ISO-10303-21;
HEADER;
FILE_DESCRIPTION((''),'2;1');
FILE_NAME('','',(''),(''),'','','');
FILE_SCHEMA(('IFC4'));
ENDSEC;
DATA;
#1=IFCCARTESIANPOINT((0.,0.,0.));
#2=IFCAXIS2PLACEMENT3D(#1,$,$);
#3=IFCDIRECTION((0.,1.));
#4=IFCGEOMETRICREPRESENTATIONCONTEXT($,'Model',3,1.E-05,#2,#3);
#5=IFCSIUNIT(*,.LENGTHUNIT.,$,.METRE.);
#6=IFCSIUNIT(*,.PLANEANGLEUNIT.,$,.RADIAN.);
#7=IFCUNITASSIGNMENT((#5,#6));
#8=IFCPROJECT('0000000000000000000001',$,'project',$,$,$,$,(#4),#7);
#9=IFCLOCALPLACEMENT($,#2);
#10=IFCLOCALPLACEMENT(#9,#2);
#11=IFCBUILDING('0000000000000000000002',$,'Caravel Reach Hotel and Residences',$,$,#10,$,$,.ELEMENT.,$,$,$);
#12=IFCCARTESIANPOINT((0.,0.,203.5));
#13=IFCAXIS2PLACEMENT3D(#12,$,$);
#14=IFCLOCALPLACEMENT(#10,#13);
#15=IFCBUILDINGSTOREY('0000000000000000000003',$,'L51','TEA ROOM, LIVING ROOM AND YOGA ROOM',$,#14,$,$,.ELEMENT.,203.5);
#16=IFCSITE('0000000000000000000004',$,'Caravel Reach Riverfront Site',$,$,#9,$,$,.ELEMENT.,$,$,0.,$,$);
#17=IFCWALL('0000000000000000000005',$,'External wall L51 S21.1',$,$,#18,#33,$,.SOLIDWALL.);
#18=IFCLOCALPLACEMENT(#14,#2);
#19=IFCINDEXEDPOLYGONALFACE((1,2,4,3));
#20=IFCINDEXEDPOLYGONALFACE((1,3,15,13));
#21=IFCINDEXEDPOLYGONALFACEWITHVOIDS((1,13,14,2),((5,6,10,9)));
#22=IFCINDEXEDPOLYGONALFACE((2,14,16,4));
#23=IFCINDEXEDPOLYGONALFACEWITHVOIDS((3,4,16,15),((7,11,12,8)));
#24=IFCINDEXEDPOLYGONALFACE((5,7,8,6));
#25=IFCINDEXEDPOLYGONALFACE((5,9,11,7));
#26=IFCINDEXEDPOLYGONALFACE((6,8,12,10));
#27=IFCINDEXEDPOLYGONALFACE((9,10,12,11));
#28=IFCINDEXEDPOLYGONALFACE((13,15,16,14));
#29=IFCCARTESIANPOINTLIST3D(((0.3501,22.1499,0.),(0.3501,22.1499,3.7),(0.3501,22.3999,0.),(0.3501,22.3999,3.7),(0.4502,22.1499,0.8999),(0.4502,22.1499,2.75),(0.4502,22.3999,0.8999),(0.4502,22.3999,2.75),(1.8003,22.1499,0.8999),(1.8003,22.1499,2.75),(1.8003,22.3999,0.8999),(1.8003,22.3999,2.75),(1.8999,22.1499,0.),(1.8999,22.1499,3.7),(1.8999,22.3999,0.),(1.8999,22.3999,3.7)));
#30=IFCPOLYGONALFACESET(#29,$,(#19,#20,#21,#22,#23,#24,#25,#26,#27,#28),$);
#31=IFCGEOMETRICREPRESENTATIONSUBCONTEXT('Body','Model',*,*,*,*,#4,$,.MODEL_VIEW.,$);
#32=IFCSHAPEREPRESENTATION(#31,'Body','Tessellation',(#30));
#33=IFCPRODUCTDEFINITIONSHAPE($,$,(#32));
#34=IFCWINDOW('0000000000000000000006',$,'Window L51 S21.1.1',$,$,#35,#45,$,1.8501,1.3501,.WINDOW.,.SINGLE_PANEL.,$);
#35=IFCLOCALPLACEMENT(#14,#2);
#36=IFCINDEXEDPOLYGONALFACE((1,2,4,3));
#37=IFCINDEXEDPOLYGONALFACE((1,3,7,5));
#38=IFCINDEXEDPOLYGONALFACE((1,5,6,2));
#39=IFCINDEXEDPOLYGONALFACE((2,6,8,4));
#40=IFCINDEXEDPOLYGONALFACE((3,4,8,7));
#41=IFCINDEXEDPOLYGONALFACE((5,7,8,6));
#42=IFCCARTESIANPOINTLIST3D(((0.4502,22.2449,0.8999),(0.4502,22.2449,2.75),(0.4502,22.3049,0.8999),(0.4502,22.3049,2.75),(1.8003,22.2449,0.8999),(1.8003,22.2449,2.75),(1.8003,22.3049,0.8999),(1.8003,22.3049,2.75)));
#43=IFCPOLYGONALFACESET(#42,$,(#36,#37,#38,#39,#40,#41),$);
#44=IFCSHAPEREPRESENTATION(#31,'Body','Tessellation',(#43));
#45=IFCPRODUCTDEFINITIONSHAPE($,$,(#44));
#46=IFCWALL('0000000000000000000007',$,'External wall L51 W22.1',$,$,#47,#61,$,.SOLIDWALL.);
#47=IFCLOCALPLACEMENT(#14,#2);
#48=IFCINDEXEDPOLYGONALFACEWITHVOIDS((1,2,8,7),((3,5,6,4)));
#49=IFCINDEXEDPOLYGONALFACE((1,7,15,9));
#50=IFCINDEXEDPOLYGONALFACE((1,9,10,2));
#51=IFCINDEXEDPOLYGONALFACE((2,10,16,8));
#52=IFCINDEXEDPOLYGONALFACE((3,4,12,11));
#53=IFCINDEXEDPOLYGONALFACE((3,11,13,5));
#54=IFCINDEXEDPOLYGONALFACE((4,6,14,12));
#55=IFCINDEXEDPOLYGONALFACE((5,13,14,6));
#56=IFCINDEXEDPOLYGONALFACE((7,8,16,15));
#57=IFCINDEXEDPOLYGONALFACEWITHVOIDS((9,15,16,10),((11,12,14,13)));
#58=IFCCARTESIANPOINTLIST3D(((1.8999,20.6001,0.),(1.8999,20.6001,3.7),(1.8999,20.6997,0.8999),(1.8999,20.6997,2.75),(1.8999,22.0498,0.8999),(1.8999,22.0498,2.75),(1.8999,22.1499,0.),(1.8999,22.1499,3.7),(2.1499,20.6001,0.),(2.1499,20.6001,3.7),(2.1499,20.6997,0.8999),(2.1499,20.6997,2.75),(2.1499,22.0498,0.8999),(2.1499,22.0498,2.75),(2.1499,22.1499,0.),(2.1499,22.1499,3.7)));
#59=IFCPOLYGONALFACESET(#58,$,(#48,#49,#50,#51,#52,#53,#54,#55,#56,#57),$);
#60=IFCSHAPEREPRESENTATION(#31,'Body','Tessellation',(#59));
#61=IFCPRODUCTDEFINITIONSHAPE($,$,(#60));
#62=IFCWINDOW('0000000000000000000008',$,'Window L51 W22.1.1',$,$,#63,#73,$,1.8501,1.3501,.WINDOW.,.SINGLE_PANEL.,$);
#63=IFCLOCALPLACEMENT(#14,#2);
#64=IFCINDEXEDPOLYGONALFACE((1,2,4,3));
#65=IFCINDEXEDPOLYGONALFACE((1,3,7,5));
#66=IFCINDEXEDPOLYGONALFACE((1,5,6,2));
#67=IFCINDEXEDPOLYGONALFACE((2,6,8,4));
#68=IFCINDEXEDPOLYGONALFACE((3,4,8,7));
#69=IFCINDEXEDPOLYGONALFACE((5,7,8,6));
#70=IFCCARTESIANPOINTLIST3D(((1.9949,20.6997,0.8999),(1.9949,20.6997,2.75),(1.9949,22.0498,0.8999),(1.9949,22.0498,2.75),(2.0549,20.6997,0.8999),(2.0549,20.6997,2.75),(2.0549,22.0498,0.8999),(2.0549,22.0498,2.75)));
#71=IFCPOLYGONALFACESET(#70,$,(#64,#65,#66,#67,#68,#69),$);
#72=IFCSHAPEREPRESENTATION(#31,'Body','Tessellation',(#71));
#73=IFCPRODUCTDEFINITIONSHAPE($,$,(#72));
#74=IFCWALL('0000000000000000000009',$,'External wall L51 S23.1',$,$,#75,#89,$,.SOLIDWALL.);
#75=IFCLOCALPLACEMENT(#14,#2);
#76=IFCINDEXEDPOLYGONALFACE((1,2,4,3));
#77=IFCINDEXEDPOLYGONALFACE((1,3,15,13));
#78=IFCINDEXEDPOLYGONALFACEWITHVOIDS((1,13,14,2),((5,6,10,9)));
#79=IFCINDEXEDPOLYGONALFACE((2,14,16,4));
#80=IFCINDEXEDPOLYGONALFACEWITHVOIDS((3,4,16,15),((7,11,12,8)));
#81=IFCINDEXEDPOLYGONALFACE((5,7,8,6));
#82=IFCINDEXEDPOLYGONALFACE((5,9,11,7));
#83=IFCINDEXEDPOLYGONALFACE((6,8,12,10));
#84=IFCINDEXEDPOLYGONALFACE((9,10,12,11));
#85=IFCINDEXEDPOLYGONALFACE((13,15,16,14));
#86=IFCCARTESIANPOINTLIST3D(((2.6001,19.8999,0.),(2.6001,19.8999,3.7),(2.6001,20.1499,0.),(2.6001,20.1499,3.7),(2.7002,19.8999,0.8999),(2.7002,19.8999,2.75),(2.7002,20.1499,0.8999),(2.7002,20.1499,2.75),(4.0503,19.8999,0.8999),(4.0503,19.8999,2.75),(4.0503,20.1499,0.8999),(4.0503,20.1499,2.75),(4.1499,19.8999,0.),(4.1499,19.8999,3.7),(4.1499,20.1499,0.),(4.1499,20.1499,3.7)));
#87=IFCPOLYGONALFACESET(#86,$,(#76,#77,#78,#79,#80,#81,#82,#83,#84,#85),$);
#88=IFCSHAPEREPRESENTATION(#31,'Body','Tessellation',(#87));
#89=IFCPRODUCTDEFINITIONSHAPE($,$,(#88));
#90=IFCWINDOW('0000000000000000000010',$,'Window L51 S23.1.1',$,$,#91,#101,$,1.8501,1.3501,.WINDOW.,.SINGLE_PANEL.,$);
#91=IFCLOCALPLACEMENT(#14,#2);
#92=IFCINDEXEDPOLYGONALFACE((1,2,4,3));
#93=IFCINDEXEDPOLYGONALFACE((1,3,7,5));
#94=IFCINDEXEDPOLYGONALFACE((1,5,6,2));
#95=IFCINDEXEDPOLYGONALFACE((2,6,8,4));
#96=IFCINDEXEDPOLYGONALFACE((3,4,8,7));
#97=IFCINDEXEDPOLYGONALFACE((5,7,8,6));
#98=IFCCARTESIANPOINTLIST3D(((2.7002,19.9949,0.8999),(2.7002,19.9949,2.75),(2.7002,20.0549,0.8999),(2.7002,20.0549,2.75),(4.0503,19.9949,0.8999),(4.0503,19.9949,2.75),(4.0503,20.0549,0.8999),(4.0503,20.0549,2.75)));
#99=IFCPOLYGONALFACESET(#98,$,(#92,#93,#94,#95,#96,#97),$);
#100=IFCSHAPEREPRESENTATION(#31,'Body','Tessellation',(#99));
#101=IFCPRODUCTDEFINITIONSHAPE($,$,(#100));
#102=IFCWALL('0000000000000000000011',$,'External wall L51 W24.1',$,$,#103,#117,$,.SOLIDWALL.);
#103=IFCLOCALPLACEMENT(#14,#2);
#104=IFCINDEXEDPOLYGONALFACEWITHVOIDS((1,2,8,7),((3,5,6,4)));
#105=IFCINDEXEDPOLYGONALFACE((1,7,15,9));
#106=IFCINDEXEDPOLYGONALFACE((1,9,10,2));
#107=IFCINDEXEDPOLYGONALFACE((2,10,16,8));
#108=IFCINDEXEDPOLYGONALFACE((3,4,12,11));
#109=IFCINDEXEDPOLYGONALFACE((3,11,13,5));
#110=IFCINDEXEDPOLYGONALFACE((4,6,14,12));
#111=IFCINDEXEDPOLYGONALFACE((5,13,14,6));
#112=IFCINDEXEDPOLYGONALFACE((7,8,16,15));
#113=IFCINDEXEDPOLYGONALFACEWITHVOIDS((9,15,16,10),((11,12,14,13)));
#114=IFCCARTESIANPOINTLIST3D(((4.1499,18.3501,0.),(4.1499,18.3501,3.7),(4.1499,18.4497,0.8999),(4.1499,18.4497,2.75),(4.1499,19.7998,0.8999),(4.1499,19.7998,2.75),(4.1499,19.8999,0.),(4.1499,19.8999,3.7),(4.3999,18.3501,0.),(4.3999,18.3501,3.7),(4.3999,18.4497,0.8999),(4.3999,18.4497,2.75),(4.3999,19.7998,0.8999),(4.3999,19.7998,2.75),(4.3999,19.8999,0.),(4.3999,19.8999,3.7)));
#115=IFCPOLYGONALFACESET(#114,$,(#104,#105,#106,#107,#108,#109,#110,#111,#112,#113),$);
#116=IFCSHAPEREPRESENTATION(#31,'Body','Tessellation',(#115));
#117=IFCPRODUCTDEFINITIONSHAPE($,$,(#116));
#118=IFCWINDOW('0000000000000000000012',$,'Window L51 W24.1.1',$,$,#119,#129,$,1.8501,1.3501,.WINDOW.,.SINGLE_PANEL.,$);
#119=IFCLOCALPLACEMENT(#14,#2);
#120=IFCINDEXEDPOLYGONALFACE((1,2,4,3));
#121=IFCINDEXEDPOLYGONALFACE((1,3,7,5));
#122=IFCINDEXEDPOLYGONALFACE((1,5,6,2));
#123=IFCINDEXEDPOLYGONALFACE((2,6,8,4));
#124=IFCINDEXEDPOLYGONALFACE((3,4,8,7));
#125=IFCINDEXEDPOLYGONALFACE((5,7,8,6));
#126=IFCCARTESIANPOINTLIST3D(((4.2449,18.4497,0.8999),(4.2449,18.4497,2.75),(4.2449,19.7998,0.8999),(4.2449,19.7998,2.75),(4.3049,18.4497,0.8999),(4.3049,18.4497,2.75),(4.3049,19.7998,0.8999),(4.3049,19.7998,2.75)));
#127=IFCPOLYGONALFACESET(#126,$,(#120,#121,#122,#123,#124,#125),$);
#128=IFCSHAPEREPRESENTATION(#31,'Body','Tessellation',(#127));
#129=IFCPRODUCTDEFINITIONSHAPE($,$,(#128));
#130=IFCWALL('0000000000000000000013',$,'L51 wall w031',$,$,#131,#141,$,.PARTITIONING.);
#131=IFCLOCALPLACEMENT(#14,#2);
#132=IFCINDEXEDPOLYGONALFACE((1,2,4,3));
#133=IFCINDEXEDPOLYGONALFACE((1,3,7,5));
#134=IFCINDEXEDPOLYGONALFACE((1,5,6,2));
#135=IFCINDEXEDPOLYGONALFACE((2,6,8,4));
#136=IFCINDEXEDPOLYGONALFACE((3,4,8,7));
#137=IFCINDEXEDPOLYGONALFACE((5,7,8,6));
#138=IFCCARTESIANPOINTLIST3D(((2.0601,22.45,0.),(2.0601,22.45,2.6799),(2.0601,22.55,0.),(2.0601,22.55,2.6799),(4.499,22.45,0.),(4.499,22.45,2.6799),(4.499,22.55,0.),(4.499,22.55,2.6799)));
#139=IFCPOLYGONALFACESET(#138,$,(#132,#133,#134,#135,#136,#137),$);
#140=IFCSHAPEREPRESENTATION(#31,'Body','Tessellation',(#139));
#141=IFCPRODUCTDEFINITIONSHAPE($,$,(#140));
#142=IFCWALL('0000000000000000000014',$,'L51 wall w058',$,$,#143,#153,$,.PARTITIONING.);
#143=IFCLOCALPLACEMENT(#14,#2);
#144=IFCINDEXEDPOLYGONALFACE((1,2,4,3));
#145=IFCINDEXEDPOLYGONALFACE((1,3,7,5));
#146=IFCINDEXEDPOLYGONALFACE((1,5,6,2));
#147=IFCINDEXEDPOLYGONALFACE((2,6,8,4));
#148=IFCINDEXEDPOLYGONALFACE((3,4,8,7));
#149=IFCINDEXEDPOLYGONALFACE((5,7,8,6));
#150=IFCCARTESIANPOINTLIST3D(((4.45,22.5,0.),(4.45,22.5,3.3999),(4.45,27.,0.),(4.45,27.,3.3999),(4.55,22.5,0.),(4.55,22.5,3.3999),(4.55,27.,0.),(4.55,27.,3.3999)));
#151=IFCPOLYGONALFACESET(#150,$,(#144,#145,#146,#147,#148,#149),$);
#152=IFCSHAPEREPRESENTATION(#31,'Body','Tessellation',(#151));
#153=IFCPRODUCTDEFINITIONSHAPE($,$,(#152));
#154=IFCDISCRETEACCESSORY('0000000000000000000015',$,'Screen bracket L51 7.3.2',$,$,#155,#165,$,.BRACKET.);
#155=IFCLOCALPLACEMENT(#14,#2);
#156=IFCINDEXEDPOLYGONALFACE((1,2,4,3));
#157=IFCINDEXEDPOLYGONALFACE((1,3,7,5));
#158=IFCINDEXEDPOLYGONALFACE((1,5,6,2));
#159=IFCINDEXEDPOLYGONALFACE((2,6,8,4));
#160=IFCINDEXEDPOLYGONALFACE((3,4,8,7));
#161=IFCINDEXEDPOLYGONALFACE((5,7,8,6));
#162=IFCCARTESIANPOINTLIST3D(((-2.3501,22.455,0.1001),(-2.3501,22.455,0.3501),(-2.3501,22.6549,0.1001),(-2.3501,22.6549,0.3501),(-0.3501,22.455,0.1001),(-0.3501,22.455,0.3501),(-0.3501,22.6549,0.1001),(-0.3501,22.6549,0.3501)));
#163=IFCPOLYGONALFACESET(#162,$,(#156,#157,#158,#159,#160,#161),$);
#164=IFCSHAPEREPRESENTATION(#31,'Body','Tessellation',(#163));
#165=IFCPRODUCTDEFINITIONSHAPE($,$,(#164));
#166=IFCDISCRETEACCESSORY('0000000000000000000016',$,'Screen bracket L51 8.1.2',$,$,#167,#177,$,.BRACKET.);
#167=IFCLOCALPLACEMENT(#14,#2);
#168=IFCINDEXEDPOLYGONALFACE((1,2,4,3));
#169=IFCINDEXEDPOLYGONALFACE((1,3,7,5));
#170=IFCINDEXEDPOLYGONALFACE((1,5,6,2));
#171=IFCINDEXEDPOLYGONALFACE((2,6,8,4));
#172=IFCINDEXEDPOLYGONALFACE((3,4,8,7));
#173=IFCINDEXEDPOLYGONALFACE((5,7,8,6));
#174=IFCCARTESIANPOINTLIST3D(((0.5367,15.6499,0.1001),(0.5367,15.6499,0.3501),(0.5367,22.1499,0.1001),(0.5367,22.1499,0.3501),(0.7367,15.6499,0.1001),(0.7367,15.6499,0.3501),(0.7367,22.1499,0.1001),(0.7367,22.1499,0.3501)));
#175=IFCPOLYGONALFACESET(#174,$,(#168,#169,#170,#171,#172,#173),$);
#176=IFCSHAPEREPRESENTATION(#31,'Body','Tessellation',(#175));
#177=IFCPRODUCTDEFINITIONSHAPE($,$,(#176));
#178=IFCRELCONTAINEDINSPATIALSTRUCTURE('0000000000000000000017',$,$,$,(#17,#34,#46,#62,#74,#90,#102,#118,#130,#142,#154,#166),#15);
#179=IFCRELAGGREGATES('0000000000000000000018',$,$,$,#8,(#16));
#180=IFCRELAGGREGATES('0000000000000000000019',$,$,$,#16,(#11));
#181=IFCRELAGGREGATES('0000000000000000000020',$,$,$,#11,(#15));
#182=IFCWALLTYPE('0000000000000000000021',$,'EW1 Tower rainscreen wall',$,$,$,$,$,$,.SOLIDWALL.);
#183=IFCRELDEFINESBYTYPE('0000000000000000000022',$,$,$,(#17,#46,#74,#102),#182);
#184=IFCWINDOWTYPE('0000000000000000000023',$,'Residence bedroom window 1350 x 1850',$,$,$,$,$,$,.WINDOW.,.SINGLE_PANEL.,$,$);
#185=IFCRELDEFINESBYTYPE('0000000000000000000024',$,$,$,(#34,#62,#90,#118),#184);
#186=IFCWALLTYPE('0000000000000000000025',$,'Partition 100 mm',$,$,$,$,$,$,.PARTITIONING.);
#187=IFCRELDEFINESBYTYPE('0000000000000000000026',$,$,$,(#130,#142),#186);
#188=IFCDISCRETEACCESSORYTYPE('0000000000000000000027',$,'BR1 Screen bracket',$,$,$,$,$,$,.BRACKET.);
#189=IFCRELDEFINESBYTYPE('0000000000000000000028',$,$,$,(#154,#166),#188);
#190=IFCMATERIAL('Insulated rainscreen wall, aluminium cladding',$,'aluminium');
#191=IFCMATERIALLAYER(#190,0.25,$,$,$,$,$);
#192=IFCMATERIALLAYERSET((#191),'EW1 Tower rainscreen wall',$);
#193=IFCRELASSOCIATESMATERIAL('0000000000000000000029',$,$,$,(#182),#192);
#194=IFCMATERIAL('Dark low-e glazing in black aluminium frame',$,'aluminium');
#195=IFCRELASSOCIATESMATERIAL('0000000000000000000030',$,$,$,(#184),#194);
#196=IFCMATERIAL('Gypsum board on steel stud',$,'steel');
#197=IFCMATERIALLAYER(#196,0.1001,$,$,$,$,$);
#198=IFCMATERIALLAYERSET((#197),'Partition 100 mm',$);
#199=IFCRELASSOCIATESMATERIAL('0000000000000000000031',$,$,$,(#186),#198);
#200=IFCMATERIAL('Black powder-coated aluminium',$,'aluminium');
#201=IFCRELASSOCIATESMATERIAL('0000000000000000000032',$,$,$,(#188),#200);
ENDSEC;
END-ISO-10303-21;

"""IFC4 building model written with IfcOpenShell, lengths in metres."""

from ifc_helpers import new_model, si_unit, direction, frame, frame_2d, origin, origin_2d, place, context, subcontext, project, spatial, rectangle, extrude, material, layer, layer_set, type_object, element, fill, save


model = new_model("IFC4")

# Units and contexts
model_context = context("Model", 3, precision=1e-05, world=origin(), true_north=direction((0.0, 1.0)))
body_context = subcontext(model_context, "Body", "Model", "MODEL_VIEW")
ifc_project = project(units=[si_unit("LENGTHUNIT", "METRE"), si_unit("PLANEANGLEUNIT", "RADIAN")], contexts=[model_context])

# Site, building, storey
site_placement = place(None, origin())
site = spatial("IfcSite", under=ifc_project, at=site_placement, Name="Caravel Reach Riverfront Site", CompositionType="ELEMENT", RefElevation=0.0)
building_placement = place(site_placement, origin())
building = spatial("IfcBuilding", under=site, at=building_placement, Name="Caravel Reach Hotel and Residences", CompositionType="ELEMENT")
storey_placement = place(building_placement, frame((0.0, 0.0, 203.5)))
storey = spatial("IfcBuildingStorey", under=building, at=storey_placement, Name="L51", Description="TEA ROOM, LIVING ROOM AND YOGA ROOM", CompositionType="ELEMENT", Elevation=203.5)

# Walls, openings, windows
ifc_material_1 = material(Name="Insulated rainscreen wall, aluminium cladding", Category="aluminium")
ifc_layer_1 = layer(ifc_material_1, 0.25)
ifc_layer_set_1 = layer_set([ifc_layer_1], Name="EW1 Tower rainscreen wall")
wall_type_1 = type_object("IfcWallType", Name="EW1 Tower rainscreen wall", PredefinedType="SOLIDWALL", material=ifc_layer_set_1)
wall_1_placement = place(storey_placement, frame((0.3501, 22.2749, 0.0), z_axis=(0.0, 0.0, 1.0), x_axis=(1.0, 0.0, 0.0)))
wall_1 = element("IfcWall", 1, at=wall_1_placement, inside=storey, type_object=wall_type_1, Name="External wall L51 S21.1", PredefinedType="SOLIDWALL", context=body_context, shape_type="SweptSolid", body=[
    extrude(rectangle(XDim=1.5498, YDim=0.25, at=frame_2d((0.7749, 0.0))), origin(), (0.0, 0.0, 1.0), 3.7),
])
opening_1_placement = place(wall_1_placement, frame((0.1001, 0.0, 0.8999)))
opening_1 = element("IfcOpeningElement", 2, at=opening_1_placement, cuts=wall_1, PredefinedType="OPENING", context=body_context, shape_type="SweptSolid", body=[
    extrude(rectangle(XDim=1.3501, YDim=1.8501, at=frame_2d((0.675, 0.925))), frame((0.0, 0.135, 0.0), z_axis=(0.0, -1.0, 0.0), x_axis=(1.0, 0.0, 0.0)), (0.0, 0.0, 1.0), 0.27),
])
ifc_material_2 = material(Name="Dark low-e glazing in black aluminium frame", Category="aluminium")
window_type = type_object("IfcWindowType", Name="Residence bedroom window 1350 x 1850", PartitioningType="SINGLE_PANEL", PredefinedType="WINDOW", material=ifc_material_2)
window_1_placement = place(opening_1_placement, origin())
window_1 = element("IfcWindow", 3, at=window_1_placement, inside=storey, type_object=window_type, Name="Window L51 S21.1.1", OverallHeight=1.8501, OverallWidth=1.3501, PartitioningType="SINGLE_PANEL", PredefinedType="WINDOW", context=body_context, shape_type="SweptSolid", body=[
    extrude(rectangle(XDim=1.3501, YDim=1.8501, at=frame_2d((0.675, 0.925))), frame((0.0, 0.03, 0.0), z_axis=(0.0, -1.0, 0.0), x_axis=(1.0, 0.0, 0.0)), (0.0, 0.0, 1.0), 0.0601),
])
fill(opening_1, window_1)
wall_2_placement = place(storey_placement, frame((2.0249, 22.1499, 0.0), z_axis=(0.0, 0.0, 1.0), x_axis=(0.0, -1.0, 0.0)))
wall_2 = element("IfcWall", 4, at=wall_2_placement, inside=storey, type_object=wall_type_1, Name="External wall L51 W22.1", PredefinedType="SOLIDWALL", context=body_context, shape_type="SweptSolid", body=[
    extrude(rectangle(XDim=1.5498, YDim=0.25, at=frame_2d((0.7749, 0.0))), origin(), (0.0, 0.0, 1.0), 3.7),
])
opening_2_placement = place(wall_2_placement, frame((0.1001, 0.0, 0.8999)))
opening_2 = element("IfcOpeningElement", 5, at=opening_2_placement, cuts=wall_2, PredefinedType="OPENING", context=body_context, shape_type="SweptSolid", body=[
    extrude(rectangle(XDim=1.3501, YDim=1.8501, at=frame_2d((0.675, 0.925))), frame((0.0, 0.135, 0.0), z_axis=(0.0, -1.0, 0.0), x_axis=(1.0, 0.0, 0.0)), (0.0, 0.0, 1.0), 0.27),
])
window_2_placement = place(opening_2_placement, origin())
window_2 = element("IfcWindow", 6, at=window_2_placement, inside=storey, type_object=window_type, Name="Window L51 W22.1.1", OverallHeight=1.8501, OverallWidth=1.3501, PartitioningType="SINGLE_PANEL", PredefinedType="WINDOW", context=body_context, shape_type="SweptSolid", body=[
    extrude(rectangle(XDim=1.3501, YDim=1.8501, at=frame_2d((0.675, 0.925))), frame((0.0, 0.03, 0.0), z_axis=(0.0, -1.0, 0.0), x_axis=(1.0, 0.0, 0.0)), (0.0, 0.0, 1.0), 0.0601),
])
fill(opening_2, window_2)
wall_3_placement = place(storey_placement, frame((2.6001, 20.0249, 0.0), z_axis=(0.0, 0.0, 1.0), x_axis=(1.0, 0.0, 0.0)))
wall_3 = element("IfcWall", 7, at=wall_3_placement, inside=storey, type_object=wall_type_1, Name="External wall L51 S23.1", PredefinedType="SOLIDWALL", context=body_context, shape_type="SweptSolid", body=[
    extrude(rectangle(XDim=1.5498, YDim=0.25, at=frame_2d((0.7749, 0.0))), origin(), (0.0, 0.0, 1.0), 3.7),
])
opening_3_placement = place(wall_3_placement, frame((0.1001, 0.0, 0.8999)))
opening_3 = element("IfcOpeningElement", 8, at=opening_3_placement, cuts=wall_3, PredefinedType="OPENING", context=body_context, shape_type="SweptSolid", body=[
    extrude(rectangle(XDim=1.3501, YDim=1.8501, at=frame_2d((0.675, 0.925))), frame((0.0, 0.135, 0.0), z_axis=(0.0, -1.0, 0.0), x_axis=(1.0, 0.0, 0.0)), (0.0, 0.0, 1.0), 0.27),
])
window_3_placement = place(opening_3_placement, origin())
window_3 = element("IfcWindow", 9, at=window_3_placement, inside=storey, type_object=window_type, Name="Window L51 S23.1.1", OverallHeight=1.8501, OverallWidth=1.3501, PartitioningType="SINGLE_PANEL", PredefinedType="WINDOW", context=body_context, shape_type="SweptSolid", body=[
    extrude(rectangle(XDim=1.3501, YDim=1.8501, at=frame_2d((0.675, 0.925))), frame((0.0, 0.03, 0.0), z_axis=(0.0, -1.0, 0.0), x_axis=(1.0, 0.0, 0.0)), (0.0, 0.0, 1.0), 0.0601),
])
fill(opening_3, window_3)
wall_4_placement = place(storey_placement, frame((4.2749, 19.8999, 0.0), z_axis=(0.0, 0.0, 1.0), x_axis=(0.0, -1.0, 0.0)))
wall_4 = element("IfcWall", 10, at=wall_4_placement, inside=storey, type_object=wall_type_1, Name="External wall L51 W24.1", PredefinedType="SOLIDWALL", context=body_context, shape_type="SweptSolid", body=[
    extrude(rectangle(XDim=1.5498, YDim=0.25, at=frame_2d((0.7749, 0.0))), origin(), (0.0, 0.0, 1.0), 3.7),
])
opening_4_placement = place(wall_4_placement, frame((0.1001, 0.0, 0.8999)))
opening_4 = element("IfcOpeningElement", 11, at=opening_4_placement, cuts=wall_4, PredefinedType="OPENING", context=body_context, shape_type="SweptSolid", body=[
    extrude(rectangle(XDim=1.3501, YDim=1.8501, at=frame_2d((0.675, 0.925))), frame((0.0, 0.135, 0.0), z_axis=(0.0, -1.0, 0.0), x_axis=(1.0, 0.0, 0.0)), (0.0, 0.0, 1.0), 0.27),
])
window_4_placement = place(opening_4_placement, origin())
window_4 = element("IfcWindow", 12, at=window_4_placement, inside=storey, type_object=window_type, Name="Window L51 W24.1.1", OverallHeight=1.8501, OverallWidth=1.3501, PartitioningType="SINGLE_PANEL", PredefinedType="WINDOW", context=body_context, shape_type="SweptSolid", body=[
    extrude(rectangle(XDim=1.3501, YDim=1.8501, at=frame_2d((0.675, 0.925))), frame((0.0, 0.03, 0.0), z_axis=(0.0, -1.0, 0.0), x_axis=(1.0, 0.0, 0.0)), (0.0, 0.0, 1.0), 0.0601),
])
fill(opening_4, window_4)

# Walls
ifc_material_3 = material(Name="Gypsum board on steel stud", Category="steel")
ifc_layer_2 = layer(ifc_material_3, 0.1001)
ifc_layer_set_2 = layer_set([ifc_layer_2], Name="Partition 100 mm")
wall_type_2 = type_object("IfcWallType", Name="Partition 100 mm", PredefinedType="PARTITIONING", material=ifc_layer_set_2)
wall_5_placement = place(storey_placement, frame((2.0601, 22.5, 0.0), z_axis=(0.0, 0.0, 1.0), x_axis=(1.0, 0.0, 0.0)))
element("IfcWall", 13, at=wall_5_placement, inside=storey, type_object=wall_type_2, Name="L51 wall w031", PredefinedType="PARTITIONING", context=body_context, shape_type="SweptSolid", body=[
    extrude(rectangle(XDim=2.439, YDim=0.1001, at=frame_2d((1.2195, 0.0))), origin(), (0.0, 0.0, 1.0), 2.6799),
])
wall_6_placement = place(storey_placement, frame((4.5, 22.5, 0.0), z_axis=(0.0, 0.0, 1.0), x_axis=(0.0, 1.0, 0.0)))
element("IfcWall", 14, at=wall_6_placement, inside=storey, type_object=wall_type_2, Name="L51 wall w058", PredefinedType="PARTITIONING", context=body_context, shape_type="SweptSolid", body=[
    extrude(rectangle(XDim=4.5, YDim=0.1001, at=frame_2d((2.25, 0.0))), origin(), (0.0, 0.0, 1.0), 3.3999),
])

# Discrete accessories
ifc_material_4 = material(Name="Black powder-coated aluminium", Category="aluminium")
discrete_accessory_type = type_object("IfcDiscreteAccessoryType", Name="BR1 Screen bracket", PredefinedType="BRACKET", material=ifc_material_4)
discrete_accessory_1_placement = place(storey_placement, frame((-1.3501, 22.5549, 0.1001), z_axis=(0.0, 0.0, 1.0), x_axis=(-1.0, 0.0, 0.0)))
element("IfcDiscreteAccessory", 15, at=discrete_accessory_1_placement, inside=storey, type_object=discrete_accessory_type, Name="Screen bracket L51 7.3.2", PredefinedType="BRACKET", context=body_context, shape_type="SweptSolid", body=[
    extrude(rectangle(XDim=2.0, YDim=0.2, at=origin_2d()), origin(), (0.0, 0.0, 1.0), 0.25),
])
discrete_accessory_2_placement = place(storey_placement, frame((0.6367, 18.8999, 0.1001), z_axis=(0.0, 0.0, 1.0), x_axis=(0.0, -1.0, 0.0)))
element("IfcDiscreteAccessory", 16, at=discrete_accessory_2_placement, inside=storey, type_object=discrete_accessory_type, Name="Screen bracket L51 8.1.2", PredefinedType="BRACKET", context=body_context, shape_type="SweptSolid", body=[
    extrude(rectangle(XDim=6.5, YDim=0.2, at=origin_2d()), origin(), (0.0, 0.0, 1.0), 0.25),
])

save(model, "model.ifc")
